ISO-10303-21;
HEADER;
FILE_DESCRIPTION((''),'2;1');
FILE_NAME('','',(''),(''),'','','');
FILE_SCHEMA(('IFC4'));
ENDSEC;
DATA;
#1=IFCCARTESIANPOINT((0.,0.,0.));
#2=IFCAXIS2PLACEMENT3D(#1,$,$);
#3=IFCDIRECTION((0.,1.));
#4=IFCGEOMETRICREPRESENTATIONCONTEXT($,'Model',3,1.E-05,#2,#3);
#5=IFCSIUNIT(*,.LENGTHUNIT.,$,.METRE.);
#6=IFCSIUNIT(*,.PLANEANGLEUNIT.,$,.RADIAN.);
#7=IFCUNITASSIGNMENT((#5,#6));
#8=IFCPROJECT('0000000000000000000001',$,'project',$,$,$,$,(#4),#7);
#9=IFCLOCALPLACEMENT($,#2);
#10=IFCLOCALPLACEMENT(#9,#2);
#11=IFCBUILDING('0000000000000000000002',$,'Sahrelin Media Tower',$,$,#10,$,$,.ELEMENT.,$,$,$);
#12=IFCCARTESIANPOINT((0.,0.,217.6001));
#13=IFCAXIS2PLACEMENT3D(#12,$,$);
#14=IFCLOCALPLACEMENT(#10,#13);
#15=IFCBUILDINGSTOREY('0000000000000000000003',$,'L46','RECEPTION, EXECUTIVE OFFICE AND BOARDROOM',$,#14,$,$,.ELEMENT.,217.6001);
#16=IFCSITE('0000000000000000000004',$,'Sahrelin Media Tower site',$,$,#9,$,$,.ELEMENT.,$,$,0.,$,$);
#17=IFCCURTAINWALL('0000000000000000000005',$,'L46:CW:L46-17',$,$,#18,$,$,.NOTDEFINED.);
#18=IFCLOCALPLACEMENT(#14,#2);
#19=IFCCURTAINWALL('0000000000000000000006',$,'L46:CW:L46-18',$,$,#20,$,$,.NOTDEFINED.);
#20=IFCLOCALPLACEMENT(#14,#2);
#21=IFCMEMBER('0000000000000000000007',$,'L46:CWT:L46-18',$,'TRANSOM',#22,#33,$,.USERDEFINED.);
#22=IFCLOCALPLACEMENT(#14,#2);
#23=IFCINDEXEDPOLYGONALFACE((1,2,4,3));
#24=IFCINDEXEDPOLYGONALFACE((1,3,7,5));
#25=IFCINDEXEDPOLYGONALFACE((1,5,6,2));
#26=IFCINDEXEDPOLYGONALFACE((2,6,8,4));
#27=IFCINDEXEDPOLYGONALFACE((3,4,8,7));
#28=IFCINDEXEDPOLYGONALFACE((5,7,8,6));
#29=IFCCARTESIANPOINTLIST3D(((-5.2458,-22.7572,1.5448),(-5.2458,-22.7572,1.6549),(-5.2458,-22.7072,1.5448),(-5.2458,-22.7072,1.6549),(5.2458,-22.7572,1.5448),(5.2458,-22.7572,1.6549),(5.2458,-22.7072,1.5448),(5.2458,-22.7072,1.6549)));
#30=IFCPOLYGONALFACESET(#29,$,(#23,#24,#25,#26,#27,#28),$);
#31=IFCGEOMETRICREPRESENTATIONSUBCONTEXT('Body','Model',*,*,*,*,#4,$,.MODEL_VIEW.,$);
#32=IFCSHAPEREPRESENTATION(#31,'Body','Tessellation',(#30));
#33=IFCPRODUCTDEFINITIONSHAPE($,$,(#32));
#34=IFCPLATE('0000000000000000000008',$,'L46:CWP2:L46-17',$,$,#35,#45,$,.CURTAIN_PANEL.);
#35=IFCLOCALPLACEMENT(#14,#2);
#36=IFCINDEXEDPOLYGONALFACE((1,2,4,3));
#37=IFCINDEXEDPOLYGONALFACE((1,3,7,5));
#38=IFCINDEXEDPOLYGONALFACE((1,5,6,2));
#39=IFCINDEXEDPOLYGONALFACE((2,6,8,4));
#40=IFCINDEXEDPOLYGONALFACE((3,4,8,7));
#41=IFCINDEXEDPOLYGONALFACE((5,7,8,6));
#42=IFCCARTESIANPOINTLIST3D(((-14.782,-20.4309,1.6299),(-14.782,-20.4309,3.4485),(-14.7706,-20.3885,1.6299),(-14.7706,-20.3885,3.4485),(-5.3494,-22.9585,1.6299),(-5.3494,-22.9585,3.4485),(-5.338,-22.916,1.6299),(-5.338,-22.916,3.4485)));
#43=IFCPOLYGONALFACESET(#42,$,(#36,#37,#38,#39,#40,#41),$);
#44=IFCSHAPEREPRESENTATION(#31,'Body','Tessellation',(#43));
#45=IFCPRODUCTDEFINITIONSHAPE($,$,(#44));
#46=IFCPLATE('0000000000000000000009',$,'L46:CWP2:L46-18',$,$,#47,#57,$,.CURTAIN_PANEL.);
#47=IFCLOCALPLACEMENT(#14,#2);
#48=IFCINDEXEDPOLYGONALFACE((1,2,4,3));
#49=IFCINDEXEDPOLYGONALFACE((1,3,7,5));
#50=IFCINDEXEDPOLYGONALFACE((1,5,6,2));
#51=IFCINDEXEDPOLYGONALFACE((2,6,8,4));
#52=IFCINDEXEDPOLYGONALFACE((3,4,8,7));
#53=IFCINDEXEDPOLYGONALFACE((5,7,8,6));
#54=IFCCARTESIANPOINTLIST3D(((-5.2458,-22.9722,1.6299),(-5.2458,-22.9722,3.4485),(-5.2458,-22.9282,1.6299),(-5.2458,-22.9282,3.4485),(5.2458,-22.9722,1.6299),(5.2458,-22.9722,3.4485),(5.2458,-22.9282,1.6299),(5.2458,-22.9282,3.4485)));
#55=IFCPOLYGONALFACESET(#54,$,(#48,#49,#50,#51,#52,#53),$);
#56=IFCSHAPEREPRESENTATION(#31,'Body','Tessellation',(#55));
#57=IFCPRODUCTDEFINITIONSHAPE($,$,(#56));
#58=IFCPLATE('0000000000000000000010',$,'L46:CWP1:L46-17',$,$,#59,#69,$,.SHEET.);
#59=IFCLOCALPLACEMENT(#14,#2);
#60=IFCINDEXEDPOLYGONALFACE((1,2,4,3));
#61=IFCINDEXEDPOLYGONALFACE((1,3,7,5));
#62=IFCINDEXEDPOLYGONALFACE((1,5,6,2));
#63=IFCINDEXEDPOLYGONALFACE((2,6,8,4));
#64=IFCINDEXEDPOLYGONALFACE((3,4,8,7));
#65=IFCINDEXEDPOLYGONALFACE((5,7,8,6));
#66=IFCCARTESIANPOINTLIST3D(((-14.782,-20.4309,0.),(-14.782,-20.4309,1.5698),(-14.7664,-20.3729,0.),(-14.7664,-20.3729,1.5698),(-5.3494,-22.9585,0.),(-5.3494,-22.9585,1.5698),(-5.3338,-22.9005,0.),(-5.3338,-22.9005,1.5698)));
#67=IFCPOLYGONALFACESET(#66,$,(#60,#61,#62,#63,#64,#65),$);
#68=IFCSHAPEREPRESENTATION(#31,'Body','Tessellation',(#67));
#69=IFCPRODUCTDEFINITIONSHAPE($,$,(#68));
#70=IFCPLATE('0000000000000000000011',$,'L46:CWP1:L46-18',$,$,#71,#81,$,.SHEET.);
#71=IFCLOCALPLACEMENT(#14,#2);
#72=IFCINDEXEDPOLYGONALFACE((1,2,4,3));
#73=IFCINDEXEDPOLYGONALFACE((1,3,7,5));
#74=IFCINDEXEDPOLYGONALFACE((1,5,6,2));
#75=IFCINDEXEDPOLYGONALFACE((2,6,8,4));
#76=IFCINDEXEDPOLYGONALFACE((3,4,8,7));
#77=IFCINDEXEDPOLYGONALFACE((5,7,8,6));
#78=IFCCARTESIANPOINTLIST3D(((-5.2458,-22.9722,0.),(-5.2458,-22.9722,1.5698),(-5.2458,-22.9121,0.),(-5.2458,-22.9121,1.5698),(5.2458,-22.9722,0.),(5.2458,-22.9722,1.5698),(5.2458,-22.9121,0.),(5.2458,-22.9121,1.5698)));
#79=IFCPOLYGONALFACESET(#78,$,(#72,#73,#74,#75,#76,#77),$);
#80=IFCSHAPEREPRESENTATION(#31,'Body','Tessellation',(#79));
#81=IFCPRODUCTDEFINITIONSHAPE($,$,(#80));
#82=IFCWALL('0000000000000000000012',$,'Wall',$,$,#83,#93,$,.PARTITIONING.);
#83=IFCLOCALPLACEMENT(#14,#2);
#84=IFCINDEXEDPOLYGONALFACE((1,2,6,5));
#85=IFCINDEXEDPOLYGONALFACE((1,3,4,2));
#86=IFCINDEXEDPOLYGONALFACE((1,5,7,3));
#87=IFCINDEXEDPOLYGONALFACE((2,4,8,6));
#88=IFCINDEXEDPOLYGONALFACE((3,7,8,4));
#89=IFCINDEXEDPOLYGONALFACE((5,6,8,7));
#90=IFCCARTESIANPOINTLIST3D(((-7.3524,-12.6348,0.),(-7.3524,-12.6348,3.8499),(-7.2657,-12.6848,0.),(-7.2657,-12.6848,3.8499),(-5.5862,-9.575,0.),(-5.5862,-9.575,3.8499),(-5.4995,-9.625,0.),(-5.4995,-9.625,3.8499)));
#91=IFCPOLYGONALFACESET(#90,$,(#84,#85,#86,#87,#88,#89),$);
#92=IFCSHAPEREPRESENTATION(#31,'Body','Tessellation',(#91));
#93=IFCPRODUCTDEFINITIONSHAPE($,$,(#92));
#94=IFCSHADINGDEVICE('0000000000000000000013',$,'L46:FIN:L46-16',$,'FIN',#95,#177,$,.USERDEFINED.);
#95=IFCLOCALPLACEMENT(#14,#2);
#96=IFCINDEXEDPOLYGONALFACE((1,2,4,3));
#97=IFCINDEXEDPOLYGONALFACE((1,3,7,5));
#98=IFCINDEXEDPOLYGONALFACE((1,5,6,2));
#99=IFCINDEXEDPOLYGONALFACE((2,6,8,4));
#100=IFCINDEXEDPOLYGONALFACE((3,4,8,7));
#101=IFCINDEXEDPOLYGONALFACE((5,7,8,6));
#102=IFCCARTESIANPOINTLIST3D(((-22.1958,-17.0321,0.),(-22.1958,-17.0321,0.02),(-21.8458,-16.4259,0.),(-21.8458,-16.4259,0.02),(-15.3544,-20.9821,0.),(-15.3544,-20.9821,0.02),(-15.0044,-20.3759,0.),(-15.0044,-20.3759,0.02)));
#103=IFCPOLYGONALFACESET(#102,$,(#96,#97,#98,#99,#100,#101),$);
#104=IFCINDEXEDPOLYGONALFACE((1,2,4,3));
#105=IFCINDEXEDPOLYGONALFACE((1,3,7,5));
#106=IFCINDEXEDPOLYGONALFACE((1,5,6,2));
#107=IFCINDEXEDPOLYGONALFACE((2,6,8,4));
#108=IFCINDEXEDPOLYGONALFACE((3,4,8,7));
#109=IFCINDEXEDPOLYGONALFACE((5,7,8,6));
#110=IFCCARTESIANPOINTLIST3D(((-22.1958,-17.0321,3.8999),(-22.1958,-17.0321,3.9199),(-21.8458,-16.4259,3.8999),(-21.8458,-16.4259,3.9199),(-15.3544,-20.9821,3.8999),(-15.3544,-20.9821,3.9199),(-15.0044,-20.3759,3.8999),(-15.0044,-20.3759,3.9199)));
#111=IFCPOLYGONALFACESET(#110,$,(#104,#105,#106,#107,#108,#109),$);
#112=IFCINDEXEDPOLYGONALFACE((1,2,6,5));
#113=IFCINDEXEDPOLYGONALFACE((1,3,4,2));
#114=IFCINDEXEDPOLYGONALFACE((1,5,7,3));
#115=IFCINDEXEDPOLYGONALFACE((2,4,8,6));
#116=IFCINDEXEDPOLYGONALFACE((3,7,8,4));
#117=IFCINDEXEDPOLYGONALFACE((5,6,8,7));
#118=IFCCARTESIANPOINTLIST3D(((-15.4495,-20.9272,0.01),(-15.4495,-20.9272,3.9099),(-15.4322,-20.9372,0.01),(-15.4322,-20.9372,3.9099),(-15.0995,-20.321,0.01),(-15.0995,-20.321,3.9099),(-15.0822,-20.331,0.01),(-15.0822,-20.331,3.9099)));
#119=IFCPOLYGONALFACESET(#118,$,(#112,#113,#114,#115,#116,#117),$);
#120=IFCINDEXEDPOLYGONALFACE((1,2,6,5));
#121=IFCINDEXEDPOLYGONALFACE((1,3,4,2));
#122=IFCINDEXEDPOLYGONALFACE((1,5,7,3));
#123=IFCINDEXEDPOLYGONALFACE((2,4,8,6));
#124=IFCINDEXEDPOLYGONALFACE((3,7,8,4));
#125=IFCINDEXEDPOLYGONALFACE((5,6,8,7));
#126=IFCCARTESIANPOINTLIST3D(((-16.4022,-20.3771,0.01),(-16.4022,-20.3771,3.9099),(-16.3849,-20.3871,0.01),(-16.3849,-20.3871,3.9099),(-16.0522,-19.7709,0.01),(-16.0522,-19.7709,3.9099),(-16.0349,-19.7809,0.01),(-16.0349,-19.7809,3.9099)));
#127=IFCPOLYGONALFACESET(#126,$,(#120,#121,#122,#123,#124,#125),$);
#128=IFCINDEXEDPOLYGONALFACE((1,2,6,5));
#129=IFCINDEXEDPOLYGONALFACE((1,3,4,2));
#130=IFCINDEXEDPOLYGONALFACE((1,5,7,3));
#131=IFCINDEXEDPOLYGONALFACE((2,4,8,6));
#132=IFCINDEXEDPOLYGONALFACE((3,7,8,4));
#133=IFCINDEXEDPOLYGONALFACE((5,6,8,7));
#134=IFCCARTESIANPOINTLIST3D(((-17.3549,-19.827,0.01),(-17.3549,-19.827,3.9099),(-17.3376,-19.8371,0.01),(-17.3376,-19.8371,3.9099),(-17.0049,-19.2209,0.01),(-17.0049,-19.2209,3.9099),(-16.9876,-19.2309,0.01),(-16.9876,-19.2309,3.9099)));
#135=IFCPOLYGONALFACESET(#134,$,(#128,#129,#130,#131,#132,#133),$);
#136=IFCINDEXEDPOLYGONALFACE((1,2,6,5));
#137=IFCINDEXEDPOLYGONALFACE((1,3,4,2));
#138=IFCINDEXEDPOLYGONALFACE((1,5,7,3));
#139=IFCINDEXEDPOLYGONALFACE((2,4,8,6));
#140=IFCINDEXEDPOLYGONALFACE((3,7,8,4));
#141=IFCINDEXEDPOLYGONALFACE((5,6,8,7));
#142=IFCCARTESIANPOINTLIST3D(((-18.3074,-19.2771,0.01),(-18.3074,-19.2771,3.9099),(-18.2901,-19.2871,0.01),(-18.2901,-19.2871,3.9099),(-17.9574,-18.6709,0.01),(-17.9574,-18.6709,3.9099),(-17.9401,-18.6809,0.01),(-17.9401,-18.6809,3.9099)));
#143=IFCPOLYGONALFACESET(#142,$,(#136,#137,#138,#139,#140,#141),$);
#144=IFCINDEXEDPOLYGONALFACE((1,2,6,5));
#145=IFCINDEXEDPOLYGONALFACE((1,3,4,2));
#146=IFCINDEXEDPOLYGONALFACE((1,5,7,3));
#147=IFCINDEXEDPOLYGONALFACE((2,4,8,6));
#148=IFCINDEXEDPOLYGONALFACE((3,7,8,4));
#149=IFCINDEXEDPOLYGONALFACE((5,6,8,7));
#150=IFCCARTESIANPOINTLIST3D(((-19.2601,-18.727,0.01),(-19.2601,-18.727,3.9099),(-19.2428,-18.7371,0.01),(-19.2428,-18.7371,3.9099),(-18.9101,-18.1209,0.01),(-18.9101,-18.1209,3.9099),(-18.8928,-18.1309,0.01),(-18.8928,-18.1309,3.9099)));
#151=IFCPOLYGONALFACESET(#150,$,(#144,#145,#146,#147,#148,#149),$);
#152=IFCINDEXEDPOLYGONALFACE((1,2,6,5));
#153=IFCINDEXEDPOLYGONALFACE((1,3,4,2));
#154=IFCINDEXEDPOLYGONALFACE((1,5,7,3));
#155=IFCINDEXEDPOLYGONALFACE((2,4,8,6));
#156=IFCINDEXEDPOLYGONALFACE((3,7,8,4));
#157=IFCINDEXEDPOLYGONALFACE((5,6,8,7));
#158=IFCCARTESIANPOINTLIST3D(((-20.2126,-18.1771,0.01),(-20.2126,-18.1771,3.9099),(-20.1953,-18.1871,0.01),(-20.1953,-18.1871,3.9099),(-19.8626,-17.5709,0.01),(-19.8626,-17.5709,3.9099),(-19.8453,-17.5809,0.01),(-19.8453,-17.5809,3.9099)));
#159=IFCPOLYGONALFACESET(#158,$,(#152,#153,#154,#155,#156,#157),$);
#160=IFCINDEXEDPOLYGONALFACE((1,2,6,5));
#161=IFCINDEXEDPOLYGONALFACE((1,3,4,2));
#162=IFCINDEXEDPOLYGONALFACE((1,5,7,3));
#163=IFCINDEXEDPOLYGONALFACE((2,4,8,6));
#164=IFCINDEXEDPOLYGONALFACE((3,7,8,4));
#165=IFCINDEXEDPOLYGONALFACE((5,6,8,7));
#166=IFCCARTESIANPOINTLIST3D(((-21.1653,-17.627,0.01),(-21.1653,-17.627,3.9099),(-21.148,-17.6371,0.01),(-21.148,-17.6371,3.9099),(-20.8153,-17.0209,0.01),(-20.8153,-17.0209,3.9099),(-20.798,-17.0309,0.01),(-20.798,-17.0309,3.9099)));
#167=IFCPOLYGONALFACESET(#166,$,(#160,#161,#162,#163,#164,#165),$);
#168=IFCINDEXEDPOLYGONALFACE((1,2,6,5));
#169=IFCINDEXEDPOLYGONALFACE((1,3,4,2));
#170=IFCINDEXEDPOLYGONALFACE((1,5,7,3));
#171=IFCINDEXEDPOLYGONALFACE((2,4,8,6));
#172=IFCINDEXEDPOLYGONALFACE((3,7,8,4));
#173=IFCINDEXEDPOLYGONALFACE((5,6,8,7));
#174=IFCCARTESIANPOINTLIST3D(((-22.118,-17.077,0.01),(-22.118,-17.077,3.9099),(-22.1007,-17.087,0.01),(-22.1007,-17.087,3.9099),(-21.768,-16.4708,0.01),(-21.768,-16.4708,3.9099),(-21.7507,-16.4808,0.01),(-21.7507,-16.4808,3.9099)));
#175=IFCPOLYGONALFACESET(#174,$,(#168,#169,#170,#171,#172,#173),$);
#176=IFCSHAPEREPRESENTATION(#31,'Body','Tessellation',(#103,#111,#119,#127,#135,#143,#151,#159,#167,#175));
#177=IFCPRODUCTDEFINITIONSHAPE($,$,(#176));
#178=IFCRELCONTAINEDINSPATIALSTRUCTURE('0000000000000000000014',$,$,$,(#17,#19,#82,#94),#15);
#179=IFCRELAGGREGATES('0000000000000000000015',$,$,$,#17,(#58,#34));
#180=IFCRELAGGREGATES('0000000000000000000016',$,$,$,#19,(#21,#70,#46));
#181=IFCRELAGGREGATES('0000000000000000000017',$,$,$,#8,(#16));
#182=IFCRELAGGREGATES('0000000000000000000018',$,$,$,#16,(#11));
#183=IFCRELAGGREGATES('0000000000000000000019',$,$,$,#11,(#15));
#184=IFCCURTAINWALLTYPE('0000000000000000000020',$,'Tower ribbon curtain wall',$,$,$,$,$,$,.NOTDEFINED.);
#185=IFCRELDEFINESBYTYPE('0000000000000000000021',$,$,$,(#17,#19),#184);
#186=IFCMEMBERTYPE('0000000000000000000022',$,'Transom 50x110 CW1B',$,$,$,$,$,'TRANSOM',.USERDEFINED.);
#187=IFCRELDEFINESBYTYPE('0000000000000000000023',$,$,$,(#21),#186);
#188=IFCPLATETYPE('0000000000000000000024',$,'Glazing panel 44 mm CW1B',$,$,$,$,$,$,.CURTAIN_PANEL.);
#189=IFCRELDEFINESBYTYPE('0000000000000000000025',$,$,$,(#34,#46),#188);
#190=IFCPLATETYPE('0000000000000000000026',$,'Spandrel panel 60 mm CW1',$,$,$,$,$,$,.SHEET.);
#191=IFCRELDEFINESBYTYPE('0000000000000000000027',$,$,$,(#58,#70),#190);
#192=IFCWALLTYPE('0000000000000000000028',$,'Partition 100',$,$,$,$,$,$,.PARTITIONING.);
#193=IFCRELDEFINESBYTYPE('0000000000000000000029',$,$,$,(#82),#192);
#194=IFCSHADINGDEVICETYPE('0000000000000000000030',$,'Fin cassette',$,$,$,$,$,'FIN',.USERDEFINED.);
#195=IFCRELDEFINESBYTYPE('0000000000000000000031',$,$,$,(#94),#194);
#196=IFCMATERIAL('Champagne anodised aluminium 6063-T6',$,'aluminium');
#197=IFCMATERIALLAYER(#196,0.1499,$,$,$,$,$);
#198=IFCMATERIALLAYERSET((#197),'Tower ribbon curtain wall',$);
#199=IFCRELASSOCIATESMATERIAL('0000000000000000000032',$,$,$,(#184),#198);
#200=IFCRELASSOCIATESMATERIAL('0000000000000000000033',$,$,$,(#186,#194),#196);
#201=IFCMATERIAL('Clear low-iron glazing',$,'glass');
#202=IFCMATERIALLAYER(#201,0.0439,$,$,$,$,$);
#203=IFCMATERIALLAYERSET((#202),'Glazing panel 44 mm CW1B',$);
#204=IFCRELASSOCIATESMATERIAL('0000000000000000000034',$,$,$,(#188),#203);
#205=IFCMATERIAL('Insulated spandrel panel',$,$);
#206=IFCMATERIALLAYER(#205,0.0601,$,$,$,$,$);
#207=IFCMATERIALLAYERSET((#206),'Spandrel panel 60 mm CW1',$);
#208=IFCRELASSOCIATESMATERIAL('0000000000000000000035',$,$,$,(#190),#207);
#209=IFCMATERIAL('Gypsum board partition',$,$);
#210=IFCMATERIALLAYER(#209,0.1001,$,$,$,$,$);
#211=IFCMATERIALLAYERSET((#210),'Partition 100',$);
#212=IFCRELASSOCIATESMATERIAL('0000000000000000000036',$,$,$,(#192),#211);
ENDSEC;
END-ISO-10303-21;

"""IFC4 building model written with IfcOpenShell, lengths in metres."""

from ifc_helpers import new_model, si_unit, direction, frame, frame_2d, origin, origin_2d, place, context, subcontext, project, spatial, polyline, rectangle, outline, extrude, material, layer, layer_set, material_profile, profile_set, type_object, element, aggregate, save


model = new_model("IFC4")

# Units and contexts
model_context = context("Model", 3, precision=1e-05, world=origin(), true_north=direction((0.0, 1.0)))
body_context = subcontext(model_context, "Body", "Model", "MODEL_VIEW")
ifc_project = project(units=[si_unit("LENGTHUNIT", "METRE"), si_unit("PLANEANGLEUNIT", "RADIAN")], contexts=[model_context])

# Site, building, storey
site_placement = place(None, origin())
site = spatial("IfcSite", under=ifc_project, at=site_placement, Name="Sahrelin Media Tower site", CompositionType="ELEMENT", RefElevation=0.0)
building_placement = place(site_placement, origin())
building = spatial("IfcBuilding", under=site, at=building_placement, Name="Sahrelin Media Tower", CompositionType="ELEMENT")
storey_placement = place(building_placement, frame((0.0, 0.0, 217.6001)))
storey = spatial("IfcBuildingStorey", under=building, at=storey_placement, Name="L46", Description="RECEPTION, EXECUTIVE OFFICE AND BOARDROOM", CompositionType="ELEMENT", Elevation=217.6001)

# Curtain wall
ifc_material_1 = material(Name="Champagne anodised aluminium 6063-T6", Category="aluminium")
ifc_layer_1 = layer(ifc_material_1, 0.1499)
ifc_layer_set_1 = layer_set([ifc_layer_1], Name="Tower ribbon curtain wall")
curtain_wall_type = type_object("IfcCurtainWallType", Name="Tower ribbon curtain wall", PredefinedType="NOTDEFINED", material=ifc_layer_set_1)
curtain_wall_1_placement = place(storey_placement, frame((-10.0603, -21.6753, 0.0), z_axis=(0.0, 0.0, 1.0), x_axis=(1.0, 0.0, 0.0)))
curtain_wall_1 = element("IfcCurtainWall", 1, at=curtain_wall_1_placement, inside=storey, type_object=curtain_wall_type, Name="L46:CW:L46-17", PredefinedType="NOTDEFINED")

# Shared definitions
ifc_material_profile_1 = material_profile(ifc_material_1, rectangle(XDim=0.05, YDim=0.1101, at=origin_2d()), Name="Transom 50x110")
ifc_profile_set_1 = profile_set([ifc_material_profile_1], Name="Champagne anodised aluminium 6063-T6")
member_type_1 = type_object("IfcMemberType", Name="Transom 50x110 CW1B", ElementType="TRANSOM", PredefinedType="USERDEFINED", material=ifc_profile_set_1)

# Curtain wall, member
curtain_wall_2_placement = place(storey_placement, frame((0.0, -22.9521, 0.0), z_axis=(0.0, 0.0, 1.0), x_axis=(1.0, 0.0, 0.0)))
curtain_wall_2 = element("IfcCurtainWall", 2, at=curtain_wall_2_placement, inside=storey, type_object=curtain_wall_type, Name="L46:CW:L46-18", PredefinedType="NOTDEFINED")
member_1_placement = place(storey_placement, frame((-5.2458, -22.7322, 1.5999), z_axis=(1.0, 0.0, 0.0), x_axis=(0.0, 1.0, 0.0)))
member_1 = element("IfcMember", 3, at=member_1_placement, type_object=member_type_1, Name="L46:CWT:L46-18", ObjectType="TRANSOM", PredefinedType="USERDEFINED", context=body_context, shape_type="SweptSolid", body=[
    extrude(rectangle(XDim=0.05, YDim=0.1101, at=origin_2d()), origin(), (0.0, 0.0, 1.0), 10.4917),
])

# Plates
ifc_material_2 = material(Name="Clear low-iron glazing", Category="glass")
ifc_layer_2 = layer(ifc_material_2, 0.0439)
ifc_layer_set_2 = layer_set([ifc_layer_2], Name="Glazing panel 44 mm CW1B")
plate_type_1 = type_object("IfcPlateType", Name="Glazing panel 44 mm CW1B", PredefinedType="CURTAIN_PANEL", material=ifc_layer_set_2)
plate_1_placement = place(storey_placement, frame((-14.782, -20.4309, 1.6299), z_axis=(-0.258831, -0.965923, 0.0), x_axis=(0.965923, -0.258831, 0.0)))
plate_1 = element("IfcPlate", 4, at=plate_1_placement, type_object=plate_type_1, Name="L46:CWP2:L46-17", PredefinedType="CURTAIN_PANEL", context=body_context, shape_type="SweptSolid", body=[
    extrude(outline(polyline([(0.0, 0.0), (9.7654, 0.0), (9.7654, 1.8186), (0.0, 1.8186), (0.0, 0.0)])), origin(), (0.0, 0.0, -1.0), 0.0439),
])
plate_2_placement = place(storey_placement, frame((-5.2458, -22.9722, 1.6299), z_axis=(0.0, -1.0, 0.0), x_axis=(1.0, 0.0, 0.0)))
plate_2 = element("IfcPlate", 5, at=plate_2_placement, type_object=plate_type_1, Name="L46:CWP2:L46-18", PredefinedType="CURTAIN_PANEL", context=body_context, shape_type="SweptSolid", body=[
    extrude(outline(polyline([(0.0, 0.0), (10.4917, 0.0), (10.4917, 1.8186), (0.0, 1.8186), (0.0, 0.0)])), origin(), (0.0, 0.0, -1.0), 0.0439),
])
ifc_material_3 = material(Name="Insulated spandrel panel")
ifc_layer_3 = layer(ifc_material_3, 0.0601)
ifc_layer_set_3 = layer_set([ifc_layer_3], Name="Spandrel panel 60 mm CW1")
plate_type_2 = type_object("IfcPlateType", Name="Spandrel panel 60 mm CW1", PredefinedType="SHEET", material=ifc_layer_set_3)
plate_3_placement = place(storey_placement, frame((-14.782, -20.4309, 0.0), z_axis=(-0.258831, -0.965923, 0.0), x_axis=(0.965923, -0.258831, 0.0)))
plate_3 = element("IfcPlate", 6, at=plate_3_placement, type_object=plate_type_2, Name="L46:CWP1:L46-17", PredefinedType="SHEET", context=body_context, shape_type="SweptSolid", body=[
    extrude(outline(polyline([(0.0, 0.0), (9.7654, 0.0), (9.7654, 1.5698), (0.0, 1.5698), (0.0, 0.0)])), origin(), (0.0, 0.0, -1.0), 0.0601),
])
aggregate(curtain_wall_1, [plate_3, plate_1])
plate_4_placement = place(storey_placement, frame((-5.2458, -22.9722, 0.0), z_axis=(0.0, -1.0, 0.0), x_axis=(1.0, 0.0, 0.0)))
plate_4 = element("IfcPlate", 7, at=plate_4_placement, type_object=plate_type_2, Name="L46:CWP1:L46-18", PredefinedType="SHEET", context=body_context, shape_type="SweptSolid", body=[
    extrude(outline(polyline([(0.0, 0.0), (10.4917, 0.0), (10.4917, 1.5698), (0.0, 1.5698), (0.0, 0.0)])), origin(), (0.0, 0.0, -1.0), 0.0601),
])
aggregate(curtain_wall_2, [member_1, plate_4, plate_2])

# Wall
ifc_material_4 = material(Name="Gypsum board partition")
ifc_layer_4 = layer(ifc_material_4, 0.1001)
ifc_layer_set_4 = layer_set([ifc_layer_4], Name="Partition 100")
wall_type = type_object("IfcWallType", Name="Partition 100", PredefinedType="PARTITIONING", material=ifc_layer_set_4)
wall_placement = place(storey_placement, frame((-7.3091, -12.6599, 0.0), z_axis=(0.0, 0.0, 1.0), x_axis=(0.4999, 0.866083, 0.0)))
element("IfcWall", 8, at=wall_placement, inside=storey, type_object=wall_type, Name="Wall", PredefinedType="PARTITIONING", context=body_context, shape_type="SweptSolid", body=[
    extrude(rectangle(XDim=3.533, YDim=0.1001, at=frame_2d((1.7666, 0.0))), origin(), (0.0, 0.0, 1.0), 3.8499),
])

# Shading device
shading_device_type_1 = type_object("IfcShadingDeviceType", Name="Fin cassette", ElementType="FIN", PredefinedType="USERDEFINED", material=ifc_material_1)
placement_1 = place(storey_placement, frame((-18.3901, -18.3403, 0.0), z_axis=(0.0, 0.0, 1.0), x_axis=(-0.866019, 0.500011, 0.0)))
element("IfcShadingDevice", 9, at=placement_1, inside=storey, type_object=shading_device_type_1, Name="L46:FIN:L46-16", ObjectType="FIN", PredefinedType="USERDEFINED", context=body_context, shape_type="SweptSolid", body=[
    extrude(rectangle(XDim=7.8999, YDim=0.7, at=origin_2d()), frame((0.0, 0.4199, 0.0)), (0.0, 0.0, 1.0), 0.02),
    extrude(rectangle(XDim=7.8999, YDim=0.7, at=origin_2d()), frame((0.0, 0.4199, 3.8999)), (0.0, 0.0, 1.0), 0.02),
    extrude(rectangle(XDim=0.02, YDim=0.7, at=origin_2d()), frame((-3.8501, 0.4199, 0.01), z_axis=(0.0, 0.0, 1.0), x_axis=(1.0, 0.0, 0.0)), (0.0, 0.0, 1.0), 3.8999),
    extrude(rectangle(XDim=0.02, YDim=0.7, at=origin_2d()), frame((-2.75, 0.4199, 0.01), z_axis=(0.0, 0.0, 1.0), x_axis=(1.0, 0.0, 0.0)), (0.0, 0.0, 1.0), 3.8999),
    extrude(rectangle(XDim=0.02, YDim=0.7, at=origin_2d()), frame((-1.6499, 0.4199, 0.01), z_axis=(0.0, 0.0, 1.0), x_axis=(1.0, 0.0, 0.0)), (0.0, 0.0, 1.0), 3.8999),
    extrude(rectangle(XDim=0.02, YDim=0.7, at=origin_2d()), frame((-0.55, 0.4199, 0.01), z_axis=(0.0, 0.0, 1.0), x_axis=(1.0, 0.0, 0.0)), (0.0, 0.0, 1.0), 3.8999),
    extrude(rectangle(XDim=0.02, YDim=0.7, at=origin_2d()), frame((0.55, 0.4199, 0.01), z_axis=(0.0, 0.0, 1.0), x_axis=(1.0, 0.0, 0.0)), (0.0, 0.0, 1.0), 3.8999),
    extrude(rectangle(XDim=0.02, YDim=0.7, at=origin_2d()), frame((1.6499, 0.4199, 0.01), z_axis=(0.0, 0.0, 1.0), x_axis=(1.0, 0.0, 0.0)), (0.0, 0.0, 1.0), 3.8999),
    extrude(rectangle(XDim=0.02, YDim=0.7, at=origin_2d()), frame((2.75, 0.4199, 0.01), z_axis=(0.0, 0.0, 1.0), x_axis=(1.0, 0.0, 0.0)), (0.0, 0.0, 1.0), 3.8999),
    extrude(rectangle(XDim=0.02, YDim=0.7, at=origin_2d()), frame((3.8501, 0.4199, 0.01), z_axis=(0.0, 0.0, 1.0), x_axis=(1.0, 0.0, 0.0)), (0.0, 0.0, 1.0), 3.8999),
])

save(model, "model.ifc")
